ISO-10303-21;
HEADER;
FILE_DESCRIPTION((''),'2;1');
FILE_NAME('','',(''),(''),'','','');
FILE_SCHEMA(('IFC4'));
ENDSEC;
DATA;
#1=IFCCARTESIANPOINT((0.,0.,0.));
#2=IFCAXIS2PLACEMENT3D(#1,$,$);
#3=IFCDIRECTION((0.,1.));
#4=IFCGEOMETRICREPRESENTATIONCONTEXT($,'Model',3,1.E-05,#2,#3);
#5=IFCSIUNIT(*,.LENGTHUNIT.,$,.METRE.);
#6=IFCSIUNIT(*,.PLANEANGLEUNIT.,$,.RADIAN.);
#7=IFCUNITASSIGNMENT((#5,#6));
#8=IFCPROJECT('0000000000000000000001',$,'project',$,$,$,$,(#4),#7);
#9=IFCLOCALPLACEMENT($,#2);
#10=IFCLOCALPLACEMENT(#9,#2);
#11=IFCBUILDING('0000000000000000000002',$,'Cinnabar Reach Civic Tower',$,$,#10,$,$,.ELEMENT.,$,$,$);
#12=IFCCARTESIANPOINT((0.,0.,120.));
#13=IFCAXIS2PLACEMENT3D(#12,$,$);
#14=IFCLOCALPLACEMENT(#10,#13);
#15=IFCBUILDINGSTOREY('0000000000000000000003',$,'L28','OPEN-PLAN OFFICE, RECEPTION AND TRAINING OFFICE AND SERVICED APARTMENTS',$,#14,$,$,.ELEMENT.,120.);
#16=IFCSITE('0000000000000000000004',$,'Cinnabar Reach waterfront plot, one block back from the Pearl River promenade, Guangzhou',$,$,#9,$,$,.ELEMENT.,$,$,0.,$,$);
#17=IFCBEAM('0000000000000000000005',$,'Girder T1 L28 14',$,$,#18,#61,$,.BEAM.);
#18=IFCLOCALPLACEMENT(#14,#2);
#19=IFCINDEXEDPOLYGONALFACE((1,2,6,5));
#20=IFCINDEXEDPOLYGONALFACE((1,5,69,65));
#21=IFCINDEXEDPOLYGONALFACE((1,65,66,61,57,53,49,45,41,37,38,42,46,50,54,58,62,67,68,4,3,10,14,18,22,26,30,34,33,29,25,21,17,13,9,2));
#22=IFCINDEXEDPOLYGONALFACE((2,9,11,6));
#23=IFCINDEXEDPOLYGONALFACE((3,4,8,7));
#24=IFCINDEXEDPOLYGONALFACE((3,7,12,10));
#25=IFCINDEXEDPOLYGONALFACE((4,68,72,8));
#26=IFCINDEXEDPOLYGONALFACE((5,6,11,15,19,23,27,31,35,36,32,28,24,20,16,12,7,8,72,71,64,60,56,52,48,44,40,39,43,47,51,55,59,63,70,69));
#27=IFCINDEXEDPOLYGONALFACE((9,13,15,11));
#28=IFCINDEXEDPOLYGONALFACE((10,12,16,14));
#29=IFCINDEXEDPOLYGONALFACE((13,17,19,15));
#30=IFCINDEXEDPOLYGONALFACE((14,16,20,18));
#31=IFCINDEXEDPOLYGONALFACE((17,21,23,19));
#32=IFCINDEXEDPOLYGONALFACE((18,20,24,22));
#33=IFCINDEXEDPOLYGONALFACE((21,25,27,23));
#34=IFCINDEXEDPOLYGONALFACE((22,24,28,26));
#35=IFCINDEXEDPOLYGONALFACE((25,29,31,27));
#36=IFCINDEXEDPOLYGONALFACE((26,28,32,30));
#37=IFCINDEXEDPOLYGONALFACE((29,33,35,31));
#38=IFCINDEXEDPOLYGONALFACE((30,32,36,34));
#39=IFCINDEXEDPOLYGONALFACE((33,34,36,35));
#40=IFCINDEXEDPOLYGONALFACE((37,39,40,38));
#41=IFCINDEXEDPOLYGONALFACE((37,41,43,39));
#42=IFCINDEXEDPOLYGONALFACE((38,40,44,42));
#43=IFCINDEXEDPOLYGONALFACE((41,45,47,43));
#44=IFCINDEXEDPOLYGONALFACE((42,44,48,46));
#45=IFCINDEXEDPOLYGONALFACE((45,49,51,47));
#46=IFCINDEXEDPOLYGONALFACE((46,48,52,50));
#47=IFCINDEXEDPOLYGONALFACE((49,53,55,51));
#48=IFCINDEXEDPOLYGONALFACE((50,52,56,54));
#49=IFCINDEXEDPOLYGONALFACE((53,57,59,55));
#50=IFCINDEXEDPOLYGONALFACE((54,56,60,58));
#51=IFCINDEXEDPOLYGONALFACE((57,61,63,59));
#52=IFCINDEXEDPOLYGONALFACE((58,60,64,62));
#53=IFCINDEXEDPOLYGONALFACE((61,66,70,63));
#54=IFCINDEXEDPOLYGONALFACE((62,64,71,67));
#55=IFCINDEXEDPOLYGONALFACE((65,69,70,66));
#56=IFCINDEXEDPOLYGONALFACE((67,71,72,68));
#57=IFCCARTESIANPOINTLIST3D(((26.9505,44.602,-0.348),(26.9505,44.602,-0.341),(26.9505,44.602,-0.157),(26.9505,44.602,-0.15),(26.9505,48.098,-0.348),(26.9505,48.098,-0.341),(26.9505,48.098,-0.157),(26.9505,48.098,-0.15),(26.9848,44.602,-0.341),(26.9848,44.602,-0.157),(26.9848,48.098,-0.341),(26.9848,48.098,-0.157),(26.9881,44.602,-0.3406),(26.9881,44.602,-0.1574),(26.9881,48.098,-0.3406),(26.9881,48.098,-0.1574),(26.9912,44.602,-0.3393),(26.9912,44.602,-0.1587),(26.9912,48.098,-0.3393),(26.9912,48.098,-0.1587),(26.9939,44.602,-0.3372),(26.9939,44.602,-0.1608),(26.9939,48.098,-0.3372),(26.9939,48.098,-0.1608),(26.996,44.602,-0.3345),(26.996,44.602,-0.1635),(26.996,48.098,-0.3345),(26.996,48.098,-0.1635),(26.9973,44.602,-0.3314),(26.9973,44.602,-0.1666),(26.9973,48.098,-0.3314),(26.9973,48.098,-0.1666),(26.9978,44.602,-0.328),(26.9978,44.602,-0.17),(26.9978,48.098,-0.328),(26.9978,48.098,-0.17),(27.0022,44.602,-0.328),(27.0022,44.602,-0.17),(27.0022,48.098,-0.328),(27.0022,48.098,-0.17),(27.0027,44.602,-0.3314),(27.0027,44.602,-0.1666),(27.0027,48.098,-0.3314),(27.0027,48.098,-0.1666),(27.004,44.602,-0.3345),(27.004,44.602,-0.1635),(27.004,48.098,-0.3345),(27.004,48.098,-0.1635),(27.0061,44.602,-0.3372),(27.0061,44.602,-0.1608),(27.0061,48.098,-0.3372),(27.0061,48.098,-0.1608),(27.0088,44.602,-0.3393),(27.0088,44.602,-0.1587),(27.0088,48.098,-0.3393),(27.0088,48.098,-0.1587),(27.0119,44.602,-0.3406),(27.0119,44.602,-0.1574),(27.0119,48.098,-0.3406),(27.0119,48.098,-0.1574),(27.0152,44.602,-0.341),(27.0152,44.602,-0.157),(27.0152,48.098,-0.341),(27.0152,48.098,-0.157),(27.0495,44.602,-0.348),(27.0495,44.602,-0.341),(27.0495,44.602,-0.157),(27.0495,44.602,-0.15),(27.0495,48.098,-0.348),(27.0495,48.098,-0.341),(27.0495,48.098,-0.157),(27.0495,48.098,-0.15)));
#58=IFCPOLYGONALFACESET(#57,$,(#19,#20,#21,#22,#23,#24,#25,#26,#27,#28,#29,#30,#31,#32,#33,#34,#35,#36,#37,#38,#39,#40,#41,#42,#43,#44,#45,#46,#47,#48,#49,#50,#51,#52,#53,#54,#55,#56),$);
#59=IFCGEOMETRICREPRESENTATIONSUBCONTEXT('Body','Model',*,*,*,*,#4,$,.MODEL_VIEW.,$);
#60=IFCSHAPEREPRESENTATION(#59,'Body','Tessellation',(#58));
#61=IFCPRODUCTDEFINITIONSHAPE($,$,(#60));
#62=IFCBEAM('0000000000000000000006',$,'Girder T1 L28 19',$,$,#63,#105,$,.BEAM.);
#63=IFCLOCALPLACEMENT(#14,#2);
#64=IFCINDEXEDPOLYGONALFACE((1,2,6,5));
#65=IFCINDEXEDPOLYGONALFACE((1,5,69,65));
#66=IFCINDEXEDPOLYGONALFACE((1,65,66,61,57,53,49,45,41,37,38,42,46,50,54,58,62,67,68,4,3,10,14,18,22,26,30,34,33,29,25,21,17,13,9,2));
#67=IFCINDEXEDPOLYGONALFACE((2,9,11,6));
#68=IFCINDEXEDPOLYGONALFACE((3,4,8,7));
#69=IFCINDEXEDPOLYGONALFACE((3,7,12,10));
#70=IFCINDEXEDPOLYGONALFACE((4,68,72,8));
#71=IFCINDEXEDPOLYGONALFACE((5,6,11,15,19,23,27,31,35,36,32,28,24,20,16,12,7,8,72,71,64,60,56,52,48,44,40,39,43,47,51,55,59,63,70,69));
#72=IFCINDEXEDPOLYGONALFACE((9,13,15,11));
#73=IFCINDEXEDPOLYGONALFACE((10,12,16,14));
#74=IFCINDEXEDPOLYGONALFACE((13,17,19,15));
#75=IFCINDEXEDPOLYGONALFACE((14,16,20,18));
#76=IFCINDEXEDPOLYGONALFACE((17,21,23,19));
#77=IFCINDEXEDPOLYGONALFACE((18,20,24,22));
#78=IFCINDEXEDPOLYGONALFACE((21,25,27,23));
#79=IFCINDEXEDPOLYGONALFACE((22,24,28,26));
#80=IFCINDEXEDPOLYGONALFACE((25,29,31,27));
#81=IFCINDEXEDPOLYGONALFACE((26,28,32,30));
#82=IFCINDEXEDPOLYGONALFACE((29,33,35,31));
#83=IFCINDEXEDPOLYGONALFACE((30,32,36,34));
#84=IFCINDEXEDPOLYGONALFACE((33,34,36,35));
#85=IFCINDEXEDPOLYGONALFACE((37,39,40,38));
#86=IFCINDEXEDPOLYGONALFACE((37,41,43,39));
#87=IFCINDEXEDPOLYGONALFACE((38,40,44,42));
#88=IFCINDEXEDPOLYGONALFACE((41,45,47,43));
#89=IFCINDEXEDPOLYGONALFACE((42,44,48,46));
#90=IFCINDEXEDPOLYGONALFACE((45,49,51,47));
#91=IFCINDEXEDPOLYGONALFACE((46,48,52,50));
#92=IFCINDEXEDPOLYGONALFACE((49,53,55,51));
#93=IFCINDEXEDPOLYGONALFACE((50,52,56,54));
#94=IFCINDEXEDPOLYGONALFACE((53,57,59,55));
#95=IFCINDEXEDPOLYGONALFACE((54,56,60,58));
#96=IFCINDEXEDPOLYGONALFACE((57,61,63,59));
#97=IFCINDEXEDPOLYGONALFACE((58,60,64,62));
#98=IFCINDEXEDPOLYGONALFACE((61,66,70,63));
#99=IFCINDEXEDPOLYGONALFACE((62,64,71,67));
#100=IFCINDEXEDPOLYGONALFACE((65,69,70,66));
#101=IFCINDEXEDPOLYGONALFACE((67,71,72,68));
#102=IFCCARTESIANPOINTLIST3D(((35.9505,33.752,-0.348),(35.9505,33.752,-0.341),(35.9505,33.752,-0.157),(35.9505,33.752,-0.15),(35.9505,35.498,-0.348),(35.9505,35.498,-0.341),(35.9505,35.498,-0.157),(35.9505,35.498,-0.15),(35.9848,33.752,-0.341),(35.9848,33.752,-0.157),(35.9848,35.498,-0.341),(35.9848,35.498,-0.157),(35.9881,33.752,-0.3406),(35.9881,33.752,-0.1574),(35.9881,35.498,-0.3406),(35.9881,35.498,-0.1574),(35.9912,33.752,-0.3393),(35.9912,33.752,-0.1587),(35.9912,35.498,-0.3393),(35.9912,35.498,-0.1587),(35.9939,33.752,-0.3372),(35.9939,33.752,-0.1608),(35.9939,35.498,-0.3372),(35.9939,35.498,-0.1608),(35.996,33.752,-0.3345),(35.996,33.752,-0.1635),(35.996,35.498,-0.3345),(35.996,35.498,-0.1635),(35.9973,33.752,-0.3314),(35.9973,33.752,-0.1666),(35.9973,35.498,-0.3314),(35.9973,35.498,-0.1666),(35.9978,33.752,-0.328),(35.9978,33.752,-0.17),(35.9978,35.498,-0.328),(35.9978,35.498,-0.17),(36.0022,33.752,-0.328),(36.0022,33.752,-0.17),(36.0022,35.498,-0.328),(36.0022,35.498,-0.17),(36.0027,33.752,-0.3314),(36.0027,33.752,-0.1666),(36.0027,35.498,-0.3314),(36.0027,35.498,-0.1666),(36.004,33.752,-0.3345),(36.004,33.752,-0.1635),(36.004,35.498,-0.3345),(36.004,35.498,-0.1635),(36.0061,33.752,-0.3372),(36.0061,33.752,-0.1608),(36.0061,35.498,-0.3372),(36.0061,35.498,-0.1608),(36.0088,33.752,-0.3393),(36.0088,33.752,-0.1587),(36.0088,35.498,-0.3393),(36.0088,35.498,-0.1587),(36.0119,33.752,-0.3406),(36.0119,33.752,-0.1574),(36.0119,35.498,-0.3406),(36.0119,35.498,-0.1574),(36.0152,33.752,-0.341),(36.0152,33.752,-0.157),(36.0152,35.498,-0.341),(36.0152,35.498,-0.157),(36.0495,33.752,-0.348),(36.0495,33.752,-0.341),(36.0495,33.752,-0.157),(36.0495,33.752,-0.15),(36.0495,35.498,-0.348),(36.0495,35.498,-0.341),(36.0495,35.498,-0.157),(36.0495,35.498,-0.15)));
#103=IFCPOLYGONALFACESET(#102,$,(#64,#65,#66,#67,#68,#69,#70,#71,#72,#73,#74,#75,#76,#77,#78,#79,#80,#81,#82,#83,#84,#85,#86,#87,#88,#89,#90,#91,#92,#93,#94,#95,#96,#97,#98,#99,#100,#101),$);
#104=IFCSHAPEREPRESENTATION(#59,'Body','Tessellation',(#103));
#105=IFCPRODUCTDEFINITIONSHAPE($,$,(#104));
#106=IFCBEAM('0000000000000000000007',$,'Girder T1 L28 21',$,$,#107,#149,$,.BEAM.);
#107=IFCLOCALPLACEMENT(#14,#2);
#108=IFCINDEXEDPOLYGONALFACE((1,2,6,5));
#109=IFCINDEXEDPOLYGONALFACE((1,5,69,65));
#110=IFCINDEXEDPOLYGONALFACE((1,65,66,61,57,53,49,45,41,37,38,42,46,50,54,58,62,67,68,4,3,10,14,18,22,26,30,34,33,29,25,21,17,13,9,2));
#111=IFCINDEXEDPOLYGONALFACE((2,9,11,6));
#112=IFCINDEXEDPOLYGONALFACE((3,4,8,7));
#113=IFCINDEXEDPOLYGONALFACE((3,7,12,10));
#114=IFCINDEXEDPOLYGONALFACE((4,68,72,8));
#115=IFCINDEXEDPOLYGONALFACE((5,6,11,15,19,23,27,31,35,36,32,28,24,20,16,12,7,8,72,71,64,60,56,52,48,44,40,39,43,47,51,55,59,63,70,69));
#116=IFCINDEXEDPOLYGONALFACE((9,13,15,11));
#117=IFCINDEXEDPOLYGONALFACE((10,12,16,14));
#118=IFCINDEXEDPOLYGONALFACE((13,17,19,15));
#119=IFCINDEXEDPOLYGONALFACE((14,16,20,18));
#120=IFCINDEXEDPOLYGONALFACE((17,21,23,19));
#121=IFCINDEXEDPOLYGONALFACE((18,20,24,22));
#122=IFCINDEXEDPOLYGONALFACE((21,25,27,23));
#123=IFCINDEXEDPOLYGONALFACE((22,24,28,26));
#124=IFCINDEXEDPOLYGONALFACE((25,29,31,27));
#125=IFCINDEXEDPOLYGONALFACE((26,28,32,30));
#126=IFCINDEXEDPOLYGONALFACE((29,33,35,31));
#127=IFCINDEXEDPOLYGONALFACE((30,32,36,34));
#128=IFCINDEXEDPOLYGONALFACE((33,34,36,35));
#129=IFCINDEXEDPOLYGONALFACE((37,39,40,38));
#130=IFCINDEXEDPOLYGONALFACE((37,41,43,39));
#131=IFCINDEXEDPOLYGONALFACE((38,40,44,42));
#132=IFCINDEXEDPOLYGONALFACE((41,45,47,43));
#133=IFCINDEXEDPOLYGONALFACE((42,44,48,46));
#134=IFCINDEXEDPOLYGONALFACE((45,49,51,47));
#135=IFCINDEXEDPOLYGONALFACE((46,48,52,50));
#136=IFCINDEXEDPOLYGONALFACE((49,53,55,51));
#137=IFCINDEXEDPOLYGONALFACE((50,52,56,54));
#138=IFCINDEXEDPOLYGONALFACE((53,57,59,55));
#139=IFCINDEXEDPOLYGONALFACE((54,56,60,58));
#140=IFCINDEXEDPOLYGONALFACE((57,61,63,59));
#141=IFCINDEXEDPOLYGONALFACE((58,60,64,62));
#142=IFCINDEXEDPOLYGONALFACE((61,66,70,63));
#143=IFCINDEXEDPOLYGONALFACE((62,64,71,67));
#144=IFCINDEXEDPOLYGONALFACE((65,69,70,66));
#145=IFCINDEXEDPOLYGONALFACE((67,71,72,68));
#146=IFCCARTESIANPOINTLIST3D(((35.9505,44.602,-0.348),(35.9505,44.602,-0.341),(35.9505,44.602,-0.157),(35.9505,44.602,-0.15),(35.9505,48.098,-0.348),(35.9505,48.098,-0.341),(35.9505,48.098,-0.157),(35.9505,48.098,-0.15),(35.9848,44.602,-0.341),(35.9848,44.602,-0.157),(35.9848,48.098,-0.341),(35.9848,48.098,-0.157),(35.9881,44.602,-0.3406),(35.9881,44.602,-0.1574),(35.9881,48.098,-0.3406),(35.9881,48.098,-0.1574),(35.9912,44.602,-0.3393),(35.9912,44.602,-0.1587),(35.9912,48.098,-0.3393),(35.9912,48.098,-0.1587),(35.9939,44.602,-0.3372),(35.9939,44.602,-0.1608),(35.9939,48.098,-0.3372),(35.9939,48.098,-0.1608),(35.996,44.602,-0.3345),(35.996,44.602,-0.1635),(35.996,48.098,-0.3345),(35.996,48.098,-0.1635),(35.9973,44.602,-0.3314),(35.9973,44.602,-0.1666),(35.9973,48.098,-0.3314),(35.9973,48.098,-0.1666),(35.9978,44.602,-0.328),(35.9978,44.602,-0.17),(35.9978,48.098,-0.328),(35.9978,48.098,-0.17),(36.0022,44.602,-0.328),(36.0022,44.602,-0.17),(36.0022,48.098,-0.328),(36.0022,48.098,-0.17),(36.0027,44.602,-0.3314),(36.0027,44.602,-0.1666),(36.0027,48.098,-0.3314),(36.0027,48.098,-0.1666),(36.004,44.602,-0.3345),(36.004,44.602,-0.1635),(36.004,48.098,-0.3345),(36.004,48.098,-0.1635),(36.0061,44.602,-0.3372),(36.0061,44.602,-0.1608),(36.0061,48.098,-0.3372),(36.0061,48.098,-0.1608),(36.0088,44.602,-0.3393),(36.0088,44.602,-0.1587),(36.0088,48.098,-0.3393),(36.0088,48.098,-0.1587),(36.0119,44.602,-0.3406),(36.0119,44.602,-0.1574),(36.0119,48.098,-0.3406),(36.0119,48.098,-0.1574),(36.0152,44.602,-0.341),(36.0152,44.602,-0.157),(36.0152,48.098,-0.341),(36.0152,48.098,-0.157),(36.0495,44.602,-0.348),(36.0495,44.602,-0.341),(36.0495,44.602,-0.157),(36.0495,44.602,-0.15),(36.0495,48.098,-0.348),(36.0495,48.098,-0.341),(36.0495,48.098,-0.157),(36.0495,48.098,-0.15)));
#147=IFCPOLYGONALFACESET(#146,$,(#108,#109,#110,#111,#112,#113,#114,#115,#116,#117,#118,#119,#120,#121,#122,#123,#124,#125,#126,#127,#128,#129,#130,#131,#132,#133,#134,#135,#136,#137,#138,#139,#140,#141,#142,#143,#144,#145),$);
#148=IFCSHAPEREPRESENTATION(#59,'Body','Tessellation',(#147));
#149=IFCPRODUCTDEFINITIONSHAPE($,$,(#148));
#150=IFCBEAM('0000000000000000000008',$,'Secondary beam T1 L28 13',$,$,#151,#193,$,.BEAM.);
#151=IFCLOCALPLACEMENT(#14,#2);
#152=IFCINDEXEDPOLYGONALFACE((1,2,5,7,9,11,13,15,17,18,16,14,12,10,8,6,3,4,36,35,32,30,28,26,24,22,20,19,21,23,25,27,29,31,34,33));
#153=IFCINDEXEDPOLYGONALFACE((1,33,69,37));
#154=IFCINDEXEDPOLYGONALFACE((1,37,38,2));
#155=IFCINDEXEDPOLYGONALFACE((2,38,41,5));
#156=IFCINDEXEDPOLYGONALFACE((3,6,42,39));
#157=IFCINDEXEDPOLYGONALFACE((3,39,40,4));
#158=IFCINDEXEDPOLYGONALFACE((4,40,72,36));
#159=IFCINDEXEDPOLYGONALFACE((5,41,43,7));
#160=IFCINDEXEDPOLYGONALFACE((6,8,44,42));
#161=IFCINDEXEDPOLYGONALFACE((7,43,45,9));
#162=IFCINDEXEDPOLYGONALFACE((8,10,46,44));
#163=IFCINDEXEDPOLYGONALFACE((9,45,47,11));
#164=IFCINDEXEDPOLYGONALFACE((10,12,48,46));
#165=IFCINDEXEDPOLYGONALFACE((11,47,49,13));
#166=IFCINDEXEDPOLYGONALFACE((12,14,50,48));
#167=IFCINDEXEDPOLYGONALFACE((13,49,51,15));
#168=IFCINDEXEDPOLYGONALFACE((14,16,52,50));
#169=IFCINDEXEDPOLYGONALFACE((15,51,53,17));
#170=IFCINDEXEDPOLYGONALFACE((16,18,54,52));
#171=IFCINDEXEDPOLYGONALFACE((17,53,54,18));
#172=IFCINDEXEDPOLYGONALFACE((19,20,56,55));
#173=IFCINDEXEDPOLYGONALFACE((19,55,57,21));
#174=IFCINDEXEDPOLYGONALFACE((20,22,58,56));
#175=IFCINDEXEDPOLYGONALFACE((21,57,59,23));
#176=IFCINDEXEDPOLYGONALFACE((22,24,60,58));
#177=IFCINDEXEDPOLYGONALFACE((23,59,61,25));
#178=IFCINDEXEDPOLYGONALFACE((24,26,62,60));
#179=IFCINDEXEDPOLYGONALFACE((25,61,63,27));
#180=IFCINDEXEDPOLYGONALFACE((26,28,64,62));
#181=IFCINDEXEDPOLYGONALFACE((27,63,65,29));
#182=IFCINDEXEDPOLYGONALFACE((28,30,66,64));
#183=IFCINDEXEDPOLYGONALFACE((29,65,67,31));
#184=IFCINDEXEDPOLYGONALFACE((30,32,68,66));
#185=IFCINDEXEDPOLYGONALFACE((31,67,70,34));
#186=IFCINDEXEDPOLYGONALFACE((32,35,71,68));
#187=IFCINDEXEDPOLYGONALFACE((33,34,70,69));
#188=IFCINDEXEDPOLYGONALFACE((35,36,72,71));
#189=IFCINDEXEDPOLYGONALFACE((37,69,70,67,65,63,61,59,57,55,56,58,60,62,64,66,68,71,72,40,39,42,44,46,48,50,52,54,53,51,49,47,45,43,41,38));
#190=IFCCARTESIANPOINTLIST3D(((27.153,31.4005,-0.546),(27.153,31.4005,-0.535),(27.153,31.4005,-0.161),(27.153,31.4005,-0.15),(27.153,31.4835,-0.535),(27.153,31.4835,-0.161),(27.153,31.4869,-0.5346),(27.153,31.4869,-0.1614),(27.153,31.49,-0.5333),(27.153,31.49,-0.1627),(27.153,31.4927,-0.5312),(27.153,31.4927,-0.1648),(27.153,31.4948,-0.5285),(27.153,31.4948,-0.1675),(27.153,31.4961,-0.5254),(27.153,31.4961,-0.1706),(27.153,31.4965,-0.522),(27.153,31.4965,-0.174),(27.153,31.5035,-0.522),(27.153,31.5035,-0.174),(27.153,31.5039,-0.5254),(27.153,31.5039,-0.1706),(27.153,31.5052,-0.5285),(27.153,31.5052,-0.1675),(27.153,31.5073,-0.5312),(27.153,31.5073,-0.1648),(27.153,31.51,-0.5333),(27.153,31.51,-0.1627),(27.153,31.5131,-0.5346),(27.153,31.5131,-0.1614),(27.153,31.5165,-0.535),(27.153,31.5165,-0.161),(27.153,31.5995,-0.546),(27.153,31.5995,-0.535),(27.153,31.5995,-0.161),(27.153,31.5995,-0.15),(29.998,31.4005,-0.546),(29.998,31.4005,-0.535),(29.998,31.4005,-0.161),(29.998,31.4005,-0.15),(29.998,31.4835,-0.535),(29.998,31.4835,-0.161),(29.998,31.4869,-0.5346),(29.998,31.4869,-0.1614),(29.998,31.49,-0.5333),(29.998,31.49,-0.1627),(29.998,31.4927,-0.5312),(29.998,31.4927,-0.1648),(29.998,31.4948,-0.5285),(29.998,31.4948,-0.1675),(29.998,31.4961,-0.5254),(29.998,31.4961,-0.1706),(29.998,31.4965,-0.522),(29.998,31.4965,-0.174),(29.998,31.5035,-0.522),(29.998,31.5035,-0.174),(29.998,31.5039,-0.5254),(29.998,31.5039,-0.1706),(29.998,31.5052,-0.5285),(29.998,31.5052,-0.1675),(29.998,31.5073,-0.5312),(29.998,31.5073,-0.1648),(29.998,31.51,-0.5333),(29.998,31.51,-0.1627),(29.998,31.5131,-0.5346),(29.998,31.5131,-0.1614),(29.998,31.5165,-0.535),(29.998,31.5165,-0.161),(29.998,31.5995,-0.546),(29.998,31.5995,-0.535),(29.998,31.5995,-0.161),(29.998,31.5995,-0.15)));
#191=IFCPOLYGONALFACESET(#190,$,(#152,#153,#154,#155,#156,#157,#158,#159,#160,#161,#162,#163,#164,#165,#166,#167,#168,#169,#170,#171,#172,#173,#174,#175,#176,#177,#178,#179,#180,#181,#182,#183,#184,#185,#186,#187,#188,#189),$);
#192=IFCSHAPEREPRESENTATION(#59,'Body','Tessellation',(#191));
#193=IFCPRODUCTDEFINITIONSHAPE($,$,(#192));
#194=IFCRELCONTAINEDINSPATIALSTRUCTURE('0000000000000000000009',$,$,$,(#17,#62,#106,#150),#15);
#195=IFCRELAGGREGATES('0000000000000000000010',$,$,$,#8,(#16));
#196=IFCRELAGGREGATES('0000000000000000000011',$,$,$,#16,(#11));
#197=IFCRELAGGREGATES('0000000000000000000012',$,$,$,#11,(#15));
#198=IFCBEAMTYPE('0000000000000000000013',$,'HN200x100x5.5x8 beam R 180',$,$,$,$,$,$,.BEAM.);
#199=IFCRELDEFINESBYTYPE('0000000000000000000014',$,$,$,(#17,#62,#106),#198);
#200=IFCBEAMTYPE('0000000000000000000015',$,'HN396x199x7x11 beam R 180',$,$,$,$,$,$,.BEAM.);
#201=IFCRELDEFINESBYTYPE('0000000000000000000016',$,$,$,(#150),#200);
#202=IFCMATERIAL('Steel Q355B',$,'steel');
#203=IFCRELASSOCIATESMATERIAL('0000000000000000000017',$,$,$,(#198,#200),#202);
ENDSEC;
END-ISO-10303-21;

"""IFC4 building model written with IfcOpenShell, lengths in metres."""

from ifc_helpers import new_model, si_unit, direction, frame, origin, origin_2d, place, context, subcontext, project, spatial, i_section, extrude, material, material_profile, profile_set, type_object, element, save


model = new_model("IFC4")

# Units and contexts
model_context = context("Model", 3, precision=1e-05, world=origin(), true_north=direction((0.0, 1.0)))
body_context = subcontext(model_context, "Body", "Model", "MODEL_VIEW")
ifc_project = project(units=[si_unit("LENGTHUNIT", "METRE"), si_unit("PLANEANGLEUNIT", "RADIAN")], contexts=[model_context])

# Site, building, storey
site_placement = place(None, origin())
site = spatial("IfcSite", under=ifc_project, at=site_placement, Name="Cinnabar Reach waterfront plot, one block back from the Pearl River promenade, Guangzhou", CompositionType="ELEMENT", RefElevation=0.0)
building_placement = place(site_placement, origin())
building = spatial("IfcBuilding", under=site, at=building_placement, Name="Cinnabar Reach Civic Tower", CompositionType="ELEMENT")
storey_placement = place(building_placement, frame((0.0, 0.0, 120.0)))
storey = spatial("IfcBuildingStorey", under=building, at=storey_placement, Name="L28", Description="OPEN-PLAN OFFICE, RECEPTION AND TRAINING OFFICE AND SERVICED APARTMENTS", CompositionType="ELEMENT", Elevation=120.0)

# Beams
ifc_material_1 = material(Name="Steel Q355B", Category="steel")
ifc_material_profile_1 = material_profile(ifc_material_1, i_section(OverallWidth=0.099, OverallDepth=0.198, WebThickness=0.0045, FlangeThickness=0.007, FilletRadius=0.013, at=origin_2d()), Name="HN200x100x5.5x8")
ifc_profile_set_1 = profile_set([ifc_material_profile_1], Name="Steel Q355B")
beam_type_1 = type_object("IfcBeamType", Name="HN200x100x5.5x8 beam R 180", PredefinedType="BEAM", material=ifc_profile_set_1)
beam_1_placement = place(storey_placement, frame((27.0, 44.602, -0.249), z_axis=(0.0, 1.0, 0.0), x_axis=(-1.0, 0.0, 0.0)))
element("IfcBeam", 1, at=beam_1_placement, inside=storey, type_object=beam_type_1, Name="Girder T1 L28 14", PredefinedType="BEAM", context=body_context, shape_type="SweptSolid", body=[
    extrude(i_section(OverallWidth=0.099, OverallDepth=0.198, WebThickness=0.0045, FlangeThickness=0.007, FilletRadius=0.013, at=origin_2d()), origin(), (0.0, 0.0, 1.0), 3.496),
])
beam_2_placement = place(storey_placement, frame((36.0, 33.752, -0.249), z_axis=(0.0, 1.0, 0.0), x_axis=(-1.0, 0.0, 0.0)))
element("IfcBeam", 2, at=beam_2_placement, inside=storey, type_object=beam_type_1, Name="Girder T1 L28 19", PredefinedType="BEAM", context=body_context, shape_type="SweptSolid", body=[
    extrude(i_section(OverallWidth=0.099, OverallDepth=0.198, WebThickness=0.0045, FlangeThickness=0.007, FilletRadius=0.013, at=origin_2d()), origin(), (0.0, 0.0, 1.0), 1.746),
])
beam_3_placement = place(storey_placement, frame((36.0, 44.602, -0.249), z_axis=(0.0, 1.0, 0.0), x_axis=(-1.0, 0.0, 0.0)))
element("IfcBeam", 3, at=beam_3_placement, inside=storey, type_object=beam_type_1, Name="Girder T1 L28 21", PredefinedType="BEAM", context=body_context, shape_type="SweptSolid", body=[
    extrude(i_section(OverallWidth=0.099, OverallDepth=0.198, WebThickness=0.0045, FlangeThickness=0.007, FilletRadius=0.013, at=origin_2d()), origin(), (0.0, 0.0, 1.0), 3.496),
])
ifc_material_profile_2 = material_profile(ifc_material_1, i_section(OverallWidth=0.199, OverallDepth=0.396, WebThickness=0.007, FlangeThickness=0.011, FilletRadius=0.013, at=origin_2d()), Name="HN396x199x7x11")
ifc_profile_set_2 = profile_set([ifc_material_profile_2], Name="Steel Q355B")
beam_type_2 = type_object("IfcBeamType", Name="HN396x199x7x11 beam R 180", PredefinedType="BEAM", material=ifc_profile_set_2)
beam_4_placement = place(storey_placement, frame((27.153, 31.5, -0.348), z_axis=(1.0, 0.0, 0.0), x_axis=(0.0, 1.0, 0.0)))
element("IfcBeam", 4, at=beam_4_placement, inside=storey, type_object=beam_type_2, Name="Secondary beam T1 L28 13", PredefinedType="BEAM", context=body_context, shape_type="SweptSolid", body=[
    extrude(i_section(OverallWidth=0.199, OverallDepth=0.396, WebThickness=0.007, FlangeThickness=0.011, FilletRadius=0.013, at=origin_2d()), origin(), (0.0, 0.0, 1.0), 2.845),
])

save(model, "model.ifc")
